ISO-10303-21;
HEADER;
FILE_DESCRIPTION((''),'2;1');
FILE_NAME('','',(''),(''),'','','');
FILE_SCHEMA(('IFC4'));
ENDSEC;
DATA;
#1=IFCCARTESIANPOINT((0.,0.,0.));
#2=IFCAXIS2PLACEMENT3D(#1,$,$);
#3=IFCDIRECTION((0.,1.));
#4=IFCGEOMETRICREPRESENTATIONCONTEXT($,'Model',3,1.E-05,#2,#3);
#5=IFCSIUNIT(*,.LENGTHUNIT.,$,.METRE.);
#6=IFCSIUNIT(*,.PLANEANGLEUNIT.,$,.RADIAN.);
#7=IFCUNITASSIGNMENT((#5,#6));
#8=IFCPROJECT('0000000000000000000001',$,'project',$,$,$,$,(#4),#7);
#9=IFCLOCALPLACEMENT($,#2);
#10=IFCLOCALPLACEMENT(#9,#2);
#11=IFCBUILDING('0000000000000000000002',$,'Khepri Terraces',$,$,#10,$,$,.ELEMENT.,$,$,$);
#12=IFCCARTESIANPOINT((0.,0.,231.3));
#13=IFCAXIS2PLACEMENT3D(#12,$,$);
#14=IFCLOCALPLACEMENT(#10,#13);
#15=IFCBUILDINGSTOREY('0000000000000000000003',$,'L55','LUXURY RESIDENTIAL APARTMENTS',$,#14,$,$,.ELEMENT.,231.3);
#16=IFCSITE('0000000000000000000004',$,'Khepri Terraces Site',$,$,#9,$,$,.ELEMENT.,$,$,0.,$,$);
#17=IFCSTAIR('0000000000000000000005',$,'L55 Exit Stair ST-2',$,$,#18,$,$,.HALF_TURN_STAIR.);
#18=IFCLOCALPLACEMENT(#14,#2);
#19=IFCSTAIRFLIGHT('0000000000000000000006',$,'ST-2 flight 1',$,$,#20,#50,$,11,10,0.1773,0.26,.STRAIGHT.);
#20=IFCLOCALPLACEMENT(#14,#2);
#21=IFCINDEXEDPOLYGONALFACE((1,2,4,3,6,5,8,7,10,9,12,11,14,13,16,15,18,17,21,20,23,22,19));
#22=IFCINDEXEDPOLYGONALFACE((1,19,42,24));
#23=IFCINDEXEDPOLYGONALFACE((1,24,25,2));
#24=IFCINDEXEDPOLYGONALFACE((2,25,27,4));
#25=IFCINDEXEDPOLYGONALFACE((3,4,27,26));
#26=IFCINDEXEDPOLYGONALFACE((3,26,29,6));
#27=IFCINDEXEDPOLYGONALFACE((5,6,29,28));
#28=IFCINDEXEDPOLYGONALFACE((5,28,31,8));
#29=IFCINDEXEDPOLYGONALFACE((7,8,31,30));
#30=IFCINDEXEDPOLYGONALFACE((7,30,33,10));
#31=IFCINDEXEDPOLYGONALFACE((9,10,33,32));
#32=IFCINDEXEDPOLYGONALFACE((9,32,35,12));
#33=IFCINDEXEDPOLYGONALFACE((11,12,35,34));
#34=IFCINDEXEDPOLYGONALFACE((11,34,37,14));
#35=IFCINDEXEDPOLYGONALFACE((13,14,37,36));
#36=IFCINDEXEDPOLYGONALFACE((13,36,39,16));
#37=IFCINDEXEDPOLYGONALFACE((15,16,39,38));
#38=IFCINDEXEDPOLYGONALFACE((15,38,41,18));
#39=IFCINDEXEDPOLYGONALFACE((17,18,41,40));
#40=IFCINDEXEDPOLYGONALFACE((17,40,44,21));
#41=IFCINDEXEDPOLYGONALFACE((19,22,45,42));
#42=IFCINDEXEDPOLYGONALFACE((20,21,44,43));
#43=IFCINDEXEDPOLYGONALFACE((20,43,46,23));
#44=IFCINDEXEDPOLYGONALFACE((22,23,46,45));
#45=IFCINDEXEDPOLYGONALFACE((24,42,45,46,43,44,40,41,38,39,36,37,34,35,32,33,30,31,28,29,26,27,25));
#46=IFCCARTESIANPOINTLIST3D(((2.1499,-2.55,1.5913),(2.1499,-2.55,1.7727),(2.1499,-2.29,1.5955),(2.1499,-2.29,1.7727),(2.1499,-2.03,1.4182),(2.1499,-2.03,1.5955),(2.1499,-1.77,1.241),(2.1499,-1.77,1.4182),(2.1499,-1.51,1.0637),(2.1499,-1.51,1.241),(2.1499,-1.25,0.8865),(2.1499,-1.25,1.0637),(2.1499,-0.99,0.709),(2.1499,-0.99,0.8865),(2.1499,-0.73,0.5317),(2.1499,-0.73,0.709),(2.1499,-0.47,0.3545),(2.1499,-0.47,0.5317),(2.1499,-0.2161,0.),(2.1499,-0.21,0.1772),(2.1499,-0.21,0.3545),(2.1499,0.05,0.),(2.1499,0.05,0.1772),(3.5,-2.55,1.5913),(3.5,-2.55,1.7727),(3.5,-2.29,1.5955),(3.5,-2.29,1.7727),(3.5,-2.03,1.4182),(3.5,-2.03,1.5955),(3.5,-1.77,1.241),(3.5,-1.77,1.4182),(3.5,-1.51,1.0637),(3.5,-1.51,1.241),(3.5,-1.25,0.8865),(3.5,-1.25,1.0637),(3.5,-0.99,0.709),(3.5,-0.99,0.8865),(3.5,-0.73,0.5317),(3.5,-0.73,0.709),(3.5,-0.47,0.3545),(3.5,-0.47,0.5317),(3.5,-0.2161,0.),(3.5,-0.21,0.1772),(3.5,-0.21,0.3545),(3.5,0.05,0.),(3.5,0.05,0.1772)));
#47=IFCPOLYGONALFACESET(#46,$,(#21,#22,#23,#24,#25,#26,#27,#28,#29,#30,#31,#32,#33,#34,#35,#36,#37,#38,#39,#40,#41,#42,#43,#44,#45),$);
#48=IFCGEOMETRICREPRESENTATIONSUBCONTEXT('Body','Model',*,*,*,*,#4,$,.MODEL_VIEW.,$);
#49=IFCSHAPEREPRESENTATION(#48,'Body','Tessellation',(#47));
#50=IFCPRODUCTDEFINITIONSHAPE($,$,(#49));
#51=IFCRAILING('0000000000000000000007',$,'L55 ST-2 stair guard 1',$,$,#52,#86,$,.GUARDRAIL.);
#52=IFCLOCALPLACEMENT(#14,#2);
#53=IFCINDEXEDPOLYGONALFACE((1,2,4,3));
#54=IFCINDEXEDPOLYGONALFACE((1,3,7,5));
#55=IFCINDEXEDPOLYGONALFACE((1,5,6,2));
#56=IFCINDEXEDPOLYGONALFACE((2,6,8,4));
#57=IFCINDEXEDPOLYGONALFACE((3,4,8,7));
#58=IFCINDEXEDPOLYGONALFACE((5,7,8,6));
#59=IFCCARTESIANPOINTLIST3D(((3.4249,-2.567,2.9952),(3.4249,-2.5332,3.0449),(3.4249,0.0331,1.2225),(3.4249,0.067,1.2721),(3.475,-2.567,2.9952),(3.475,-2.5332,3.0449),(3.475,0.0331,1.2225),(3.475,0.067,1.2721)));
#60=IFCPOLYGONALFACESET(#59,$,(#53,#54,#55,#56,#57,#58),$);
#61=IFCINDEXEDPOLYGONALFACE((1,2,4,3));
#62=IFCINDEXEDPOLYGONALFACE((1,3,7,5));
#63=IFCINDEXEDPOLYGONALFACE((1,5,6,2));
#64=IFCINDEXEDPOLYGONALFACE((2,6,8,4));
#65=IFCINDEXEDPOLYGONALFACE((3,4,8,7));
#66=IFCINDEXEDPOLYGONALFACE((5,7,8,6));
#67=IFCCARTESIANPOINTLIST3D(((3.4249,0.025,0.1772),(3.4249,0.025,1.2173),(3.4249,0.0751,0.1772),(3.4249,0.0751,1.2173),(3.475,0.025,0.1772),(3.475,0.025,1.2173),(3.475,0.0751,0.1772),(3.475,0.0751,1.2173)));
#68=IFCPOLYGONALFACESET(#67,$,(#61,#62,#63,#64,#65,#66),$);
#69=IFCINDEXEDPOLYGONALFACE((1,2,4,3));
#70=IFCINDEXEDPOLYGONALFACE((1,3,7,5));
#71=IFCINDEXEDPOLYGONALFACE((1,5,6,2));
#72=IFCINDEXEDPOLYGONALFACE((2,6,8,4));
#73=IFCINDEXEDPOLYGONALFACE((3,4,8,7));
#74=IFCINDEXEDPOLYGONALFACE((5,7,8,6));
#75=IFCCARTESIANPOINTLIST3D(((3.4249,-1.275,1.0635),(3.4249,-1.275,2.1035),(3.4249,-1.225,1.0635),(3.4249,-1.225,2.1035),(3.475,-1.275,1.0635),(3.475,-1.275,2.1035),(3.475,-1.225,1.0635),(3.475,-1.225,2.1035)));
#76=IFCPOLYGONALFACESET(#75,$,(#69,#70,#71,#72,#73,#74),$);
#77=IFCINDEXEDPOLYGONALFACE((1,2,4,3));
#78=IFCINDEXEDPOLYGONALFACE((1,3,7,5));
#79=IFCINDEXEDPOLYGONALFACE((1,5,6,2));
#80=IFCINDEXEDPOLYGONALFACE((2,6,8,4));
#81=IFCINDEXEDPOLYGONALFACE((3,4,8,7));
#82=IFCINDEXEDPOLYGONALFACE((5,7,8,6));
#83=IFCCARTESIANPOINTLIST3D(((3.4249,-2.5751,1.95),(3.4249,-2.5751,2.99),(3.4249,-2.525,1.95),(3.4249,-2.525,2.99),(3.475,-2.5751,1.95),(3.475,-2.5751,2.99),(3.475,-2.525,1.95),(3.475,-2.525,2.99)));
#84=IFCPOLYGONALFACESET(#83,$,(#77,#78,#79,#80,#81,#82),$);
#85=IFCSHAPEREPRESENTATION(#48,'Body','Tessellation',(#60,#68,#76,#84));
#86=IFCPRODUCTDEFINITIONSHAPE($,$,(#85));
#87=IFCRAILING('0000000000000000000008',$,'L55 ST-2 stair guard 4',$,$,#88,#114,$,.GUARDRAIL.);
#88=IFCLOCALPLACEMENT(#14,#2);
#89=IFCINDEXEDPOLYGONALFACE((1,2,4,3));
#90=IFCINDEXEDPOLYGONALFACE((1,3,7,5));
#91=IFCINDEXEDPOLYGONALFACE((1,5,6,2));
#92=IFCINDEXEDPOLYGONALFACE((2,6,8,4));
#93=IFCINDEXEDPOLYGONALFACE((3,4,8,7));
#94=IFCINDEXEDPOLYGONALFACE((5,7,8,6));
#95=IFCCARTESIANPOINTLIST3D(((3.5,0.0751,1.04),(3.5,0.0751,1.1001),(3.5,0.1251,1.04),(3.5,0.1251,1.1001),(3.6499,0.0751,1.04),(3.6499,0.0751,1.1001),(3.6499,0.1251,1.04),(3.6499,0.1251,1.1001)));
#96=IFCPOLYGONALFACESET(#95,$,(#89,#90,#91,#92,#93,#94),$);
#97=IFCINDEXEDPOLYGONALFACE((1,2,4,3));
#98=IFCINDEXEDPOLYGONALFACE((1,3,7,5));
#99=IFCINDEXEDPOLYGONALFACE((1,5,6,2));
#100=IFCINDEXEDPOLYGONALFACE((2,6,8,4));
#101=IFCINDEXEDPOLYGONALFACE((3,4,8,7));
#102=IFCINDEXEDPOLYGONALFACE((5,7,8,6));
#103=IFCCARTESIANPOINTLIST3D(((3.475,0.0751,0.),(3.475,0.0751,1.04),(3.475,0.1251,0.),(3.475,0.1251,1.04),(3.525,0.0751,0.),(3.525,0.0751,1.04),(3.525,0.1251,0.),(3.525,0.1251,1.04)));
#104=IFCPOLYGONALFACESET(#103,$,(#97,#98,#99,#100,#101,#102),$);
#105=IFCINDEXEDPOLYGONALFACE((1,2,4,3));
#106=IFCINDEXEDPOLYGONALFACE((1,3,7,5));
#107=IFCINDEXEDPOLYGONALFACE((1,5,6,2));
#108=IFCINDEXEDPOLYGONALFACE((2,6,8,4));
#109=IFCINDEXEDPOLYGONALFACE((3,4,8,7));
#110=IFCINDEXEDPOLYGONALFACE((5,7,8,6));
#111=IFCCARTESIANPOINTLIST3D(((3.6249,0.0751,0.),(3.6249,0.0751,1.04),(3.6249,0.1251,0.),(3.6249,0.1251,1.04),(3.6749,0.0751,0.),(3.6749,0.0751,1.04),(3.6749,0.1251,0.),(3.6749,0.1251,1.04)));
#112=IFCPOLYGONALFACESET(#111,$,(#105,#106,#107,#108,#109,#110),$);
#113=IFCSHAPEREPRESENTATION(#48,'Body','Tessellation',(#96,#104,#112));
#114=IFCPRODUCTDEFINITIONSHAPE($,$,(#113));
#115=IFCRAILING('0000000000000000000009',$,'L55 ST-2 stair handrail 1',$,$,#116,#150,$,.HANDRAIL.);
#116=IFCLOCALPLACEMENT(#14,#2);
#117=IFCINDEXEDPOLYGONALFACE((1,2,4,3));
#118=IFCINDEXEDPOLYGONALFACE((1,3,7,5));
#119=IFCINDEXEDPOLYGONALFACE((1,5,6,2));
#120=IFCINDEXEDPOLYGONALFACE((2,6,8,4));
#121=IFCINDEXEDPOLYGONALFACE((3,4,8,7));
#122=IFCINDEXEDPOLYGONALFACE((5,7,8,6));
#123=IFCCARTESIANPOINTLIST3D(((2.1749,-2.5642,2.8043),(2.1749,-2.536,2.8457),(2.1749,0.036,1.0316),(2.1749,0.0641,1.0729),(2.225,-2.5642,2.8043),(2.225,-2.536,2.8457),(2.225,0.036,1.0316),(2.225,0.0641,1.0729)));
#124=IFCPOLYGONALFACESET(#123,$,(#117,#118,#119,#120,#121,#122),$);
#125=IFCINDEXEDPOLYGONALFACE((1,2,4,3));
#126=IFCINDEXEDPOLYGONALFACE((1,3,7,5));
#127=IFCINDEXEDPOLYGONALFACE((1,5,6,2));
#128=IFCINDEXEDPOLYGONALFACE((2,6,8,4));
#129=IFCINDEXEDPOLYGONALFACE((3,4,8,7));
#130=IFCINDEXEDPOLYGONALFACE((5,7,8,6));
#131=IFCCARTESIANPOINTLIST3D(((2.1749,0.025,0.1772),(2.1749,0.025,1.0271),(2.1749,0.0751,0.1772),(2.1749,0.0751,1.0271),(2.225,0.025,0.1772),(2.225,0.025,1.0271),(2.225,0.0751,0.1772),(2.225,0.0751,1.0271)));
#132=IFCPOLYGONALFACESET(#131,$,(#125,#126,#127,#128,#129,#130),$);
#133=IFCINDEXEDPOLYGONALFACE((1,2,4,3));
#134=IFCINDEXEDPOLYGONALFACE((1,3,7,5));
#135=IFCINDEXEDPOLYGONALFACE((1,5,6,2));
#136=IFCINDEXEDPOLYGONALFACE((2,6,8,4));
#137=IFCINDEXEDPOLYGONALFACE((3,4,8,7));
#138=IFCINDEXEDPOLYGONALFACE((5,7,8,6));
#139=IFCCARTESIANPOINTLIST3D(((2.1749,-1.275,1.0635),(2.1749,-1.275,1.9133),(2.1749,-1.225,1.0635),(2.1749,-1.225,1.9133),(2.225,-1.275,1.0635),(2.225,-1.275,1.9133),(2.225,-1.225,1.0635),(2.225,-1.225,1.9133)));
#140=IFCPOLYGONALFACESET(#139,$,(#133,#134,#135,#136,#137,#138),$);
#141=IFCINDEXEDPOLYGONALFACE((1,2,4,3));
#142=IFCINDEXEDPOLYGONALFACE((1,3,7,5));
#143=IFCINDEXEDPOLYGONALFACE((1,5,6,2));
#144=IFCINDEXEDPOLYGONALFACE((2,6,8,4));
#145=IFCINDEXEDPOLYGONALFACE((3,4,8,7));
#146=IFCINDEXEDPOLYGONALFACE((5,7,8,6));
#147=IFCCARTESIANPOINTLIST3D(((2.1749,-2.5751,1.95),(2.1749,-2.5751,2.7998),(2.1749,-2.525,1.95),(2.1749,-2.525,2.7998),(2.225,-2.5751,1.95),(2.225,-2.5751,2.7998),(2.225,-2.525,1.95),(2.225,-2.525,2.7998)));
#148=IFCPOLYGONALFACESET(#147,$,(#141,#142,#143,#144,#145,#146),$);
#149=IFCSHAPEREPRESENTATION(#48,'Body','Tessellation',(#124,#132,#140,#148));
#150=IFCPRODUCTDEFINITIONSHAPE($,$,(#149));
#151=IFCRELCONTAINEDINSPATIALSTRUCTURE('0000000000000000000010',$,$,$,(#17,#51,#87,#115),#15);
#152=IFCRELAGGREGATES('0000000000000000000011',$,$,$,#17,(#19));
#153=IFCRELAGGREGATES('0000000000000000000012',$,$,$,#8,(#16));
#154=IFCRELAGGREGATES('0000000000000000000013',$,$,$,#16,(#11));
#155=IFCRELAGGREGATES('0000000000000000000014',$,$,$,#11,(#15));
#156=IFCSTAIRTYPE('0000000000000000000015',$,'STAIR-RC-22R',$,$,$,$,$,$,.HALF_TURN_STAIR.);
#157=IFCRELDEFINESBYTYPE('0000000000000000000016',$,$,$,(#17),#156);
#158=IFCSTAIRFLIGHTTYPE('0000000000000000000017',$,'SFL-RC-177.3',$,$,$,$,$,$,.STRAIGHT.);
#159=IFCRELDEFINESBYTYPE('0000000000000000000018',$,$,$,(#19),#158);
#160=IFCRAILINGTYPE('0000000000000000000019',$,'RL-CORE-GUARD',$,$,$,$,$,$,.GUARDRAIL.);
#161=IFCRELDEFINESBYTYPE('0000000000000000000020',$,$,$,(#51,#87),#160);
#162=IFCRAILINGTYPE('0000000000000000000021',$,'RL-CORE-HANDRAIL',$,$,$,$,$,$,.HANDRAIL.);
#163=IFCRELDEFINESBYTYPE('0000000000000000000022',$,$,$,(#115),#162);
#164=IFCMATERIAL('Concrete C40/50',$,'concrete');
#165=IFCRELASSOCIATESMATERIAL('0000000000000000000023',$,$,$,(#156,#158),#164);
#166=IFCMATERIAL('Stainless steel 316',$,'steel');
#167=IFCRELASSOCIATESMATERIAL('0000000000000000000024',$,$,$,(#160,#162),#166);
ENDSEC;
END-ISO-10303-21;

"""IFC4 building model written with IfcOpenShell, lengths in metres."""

from ifc_helpers import new_model, si_unit, direction, frame, origin, origin_2d, place, context, subcontext, project, spatial, polyline, rectangle, outline, extrude, material, type_object, element, aggregate, save


model = new_model("IFC4")

# Units and contexts
model_context = context("Model", 3, precision=1e-05, world=origin(), true_north=direction((0.0, 1.0)))
body_context = subcontext(model_context, "Body", "Model", "MODEL_VIEW")
ifc_project = project(units=[si_unit("LENGTHUNIT", "METRE"), si_unit("PLANEANGLEUNIT", "RADIAN")], contexts=[model_context])

# Site, building, storey
site_placement = place(None, origin())
site = spatial("IfcSite", under=ifc_project, at=site_placement, Name="Khepri Terraces Site", CompositionType="ELEMENT", RefElevation=0.0)
building_placement = place(site_placement, origin())
building = spatial("IfcBuilding", under=site, at=building_placement, Name="Khepri Terraces", CompositionType="ELEMENT")
storey_placement = place(building_placement, frame((0.0, 0.0, 231.3)))
storey = spatial("IfcBuildingStorey", under=building, at=storey_placement, Name="L55", Description="LUXURY RESIDENTIAL APARTMENTS", CompositionType="ELEMENT", Elevation=231.3)

# Stair
ifc_material_1 = material(Name="Concrete C40/50", Category="concrete")
stair_type = type_object("IfcStairType", Name="STAIR-RC-22R", PredefinedType="HALF_TURN_STAIR", material=ifc_material_1)
stair_1_placement = place(storey_placement, origin())
stair_1 = element("IfcStair", 1, at=stair_1_placement, inside=storey, type_object=stair_type, Name="L55 Exit Stair ST-2", PredefinedType="HALF_TURN_STAIR")

# Stair flight
stair_flight_type = type_object("IfcStairFlightType", Name="SFL-RC-177.3", PredefinedType="STRAIGHT", material=ifc_material_1)
stair_flight_placement = place(storey_placement, frame((2.825, 0.05, 0.0), z_axis=(0.0, 0.0, 1.0), x_axis=(0.0, -1.0, 0.0)))
stair_flight = element("IfcStairFlight", 2, at=stair_flight_placement, type_object=stair_flight_type, Name="ST-2 flight 1", NumberOfRisers=11, NumberOfTreads=10, PredefinedType="STRAIGHT", RiserHeight=0.1773, TreadLength=0.26, context=body_context, shape_type="SweptSolid", body=[
    extrude(outline(polyline([(0.0, 0.0), (0.0, 0.1772), (0.26, 0.1772), (0.26, 0.3545), (0.52, 0.3545), (0.52, 0.5317), (0.78, 0.5317), (0.78, 0.709), (1.04, 0.709), (1.04, 0.8865), (1.3, 0.8865), (1.3, 1.0637), (1.5601, 1.0637), (1.5601, 1.241), (1.8201, 1.241), (1.8201, 1.4182), (2.0801, 1.4182), (2.0801, 1.5955), (2.3401, 1.5955), (2.3401, 1.7727), (2.6001, 1.7727), (2.6001, 1.95), (2.6001, 1.5913), (0.2661, 0.0), (0.0, 0.0)])), frame((0.0, 0.675, 0.0), z_axis=(0.0, -1.0, 0.0), x_axis=(1.0, 0.0, 0.0)), (0.0, 0.0, 1.0), 1.3501),
])
aggregate(stair_1, [stair_flight])

# Railings
ifc_material_2 = material(Name="Stainless steel 316", Category="steel")
railing_type_1 = type_object("IfcRailingType", Name="RL-CORE-GUARD", PredefinedType="GUARDRAIL", material=ifc_material_2)
railing_1_placement = place(storey_placement, frame((3.45, 0.05, 0.1772)))
element("IfcRailing", 3, at=railing_1_placement, inside=storey, type_object=railing_type_1, Name="L55 ST-2 stair guard 1", PredefinedType="GUARDRAIL", context=body_context, shape_type="SweptSolid", body=[
    extrude(rectangle(XDim=0.05, YDim=0.0601, at=origin_2d()), frame((0.0, 0.0, 1.0701), z_axis=(0.0, -0.82624, 0.563318), x_axis=(1.0, 0.0, 0.0)), (0.0, 0.0, 1.0), 3.147),
    extrude(rectangle(XDim=0.05, YDim=0.05, at=origin_2d()), origin(), (0.0, 0.0, 1.0), 1.04),
    extrude(rectangle(XDim=0.05, YDim=0.05, at=origin_2d()), frame((0.0, -1.3, 0.8862)), (0.0, 0.0, 1.0), 1.04),
    extrude(rectangle(XDim=0.05, YDim=0.05, at=origin_2d()), frame((0.0, -2.6001, 1.7727)), (0.0, 0.0, 1.0), 1.04),
])
railing_2_placement = place(storey_placement, frame((3.5, 0.1001, 0.0)))
element("IfcRailing", 4, at=railing_2_placement, inside=storey, type_object=railing_type_1, Name="L55 ST-2 stair guard 4", PredefinedType="GUARDRAIL", context=body_context, shape_type="SweptSolid", body=[
    extrude(rectangle(XDim=0.05, YDim=0.0601, at=origin_2d()), frame((0.0, 0.0, 1.0701), z_axis=(1.0, 0.0, 0.0), x_axis=(0.0, 1.0, 0.0)), (0.0, 0.0, 1.0), 0.1499),
    extrude(rectangle(XDim=0.05, YDim=0.05, at=origin_2d()), origin(), (0.0, 0.0, 1.0), 1.04),
    extrude(rectangle(XDim=0.05, YDim=0.05, at=origin_2d()), frame((0.1499, 0.0, 0.0)), (0.0, 0.0, 1.0), 1.04),
])
railing_type_2 = type_object("IfcRailingType", Name="RL-CORE-HANDRAIL", PredefinedType="HANDRAIL", material=ifc_material_2)
railing_3_placement = place(storey_placement, frame((2.2, 0.05, 0.1772)))
element("IfcRailing", 5, at=railing_3_placement, inside=storey, type_object=railing_type_2, Name="L55 ST-2 stair handrail 1", PredefinedType="HANDRAIL", context=body_context, shape_type="SweptSolid", body=[
    extrude(rectangle(XDim=0.05, YDim=0.05, at=origin_2d()), frame((0.0, 0.0, 0.875), z_axis=(0.0, -0.82624, 0.563318), x_axis=(1.0, 0.0, 0.0)), (0.0, 0.0, 1.0), 3.147),
    extrude(rectangle(XDim=0.05, YDim=0.05, at=origin_2d()), origin(), (0.0, 0.0, 1.0), 0.8499),
    extrude(rectangle(XDim=0.05, YDim=0.05, at=origin_2d()), frame((0.0, -1.3, 0.8862)), (0.0, 0.0, 1.0), 0.8499),
    extrude(rectangle(XDim=0.05, YDim=0.05, at=origin_2d()), frame((0.0, -2.6001, 1.7727)), (0.0, 0.0, 1.0), 0.8499),
])

save(model, "model.ifc")
